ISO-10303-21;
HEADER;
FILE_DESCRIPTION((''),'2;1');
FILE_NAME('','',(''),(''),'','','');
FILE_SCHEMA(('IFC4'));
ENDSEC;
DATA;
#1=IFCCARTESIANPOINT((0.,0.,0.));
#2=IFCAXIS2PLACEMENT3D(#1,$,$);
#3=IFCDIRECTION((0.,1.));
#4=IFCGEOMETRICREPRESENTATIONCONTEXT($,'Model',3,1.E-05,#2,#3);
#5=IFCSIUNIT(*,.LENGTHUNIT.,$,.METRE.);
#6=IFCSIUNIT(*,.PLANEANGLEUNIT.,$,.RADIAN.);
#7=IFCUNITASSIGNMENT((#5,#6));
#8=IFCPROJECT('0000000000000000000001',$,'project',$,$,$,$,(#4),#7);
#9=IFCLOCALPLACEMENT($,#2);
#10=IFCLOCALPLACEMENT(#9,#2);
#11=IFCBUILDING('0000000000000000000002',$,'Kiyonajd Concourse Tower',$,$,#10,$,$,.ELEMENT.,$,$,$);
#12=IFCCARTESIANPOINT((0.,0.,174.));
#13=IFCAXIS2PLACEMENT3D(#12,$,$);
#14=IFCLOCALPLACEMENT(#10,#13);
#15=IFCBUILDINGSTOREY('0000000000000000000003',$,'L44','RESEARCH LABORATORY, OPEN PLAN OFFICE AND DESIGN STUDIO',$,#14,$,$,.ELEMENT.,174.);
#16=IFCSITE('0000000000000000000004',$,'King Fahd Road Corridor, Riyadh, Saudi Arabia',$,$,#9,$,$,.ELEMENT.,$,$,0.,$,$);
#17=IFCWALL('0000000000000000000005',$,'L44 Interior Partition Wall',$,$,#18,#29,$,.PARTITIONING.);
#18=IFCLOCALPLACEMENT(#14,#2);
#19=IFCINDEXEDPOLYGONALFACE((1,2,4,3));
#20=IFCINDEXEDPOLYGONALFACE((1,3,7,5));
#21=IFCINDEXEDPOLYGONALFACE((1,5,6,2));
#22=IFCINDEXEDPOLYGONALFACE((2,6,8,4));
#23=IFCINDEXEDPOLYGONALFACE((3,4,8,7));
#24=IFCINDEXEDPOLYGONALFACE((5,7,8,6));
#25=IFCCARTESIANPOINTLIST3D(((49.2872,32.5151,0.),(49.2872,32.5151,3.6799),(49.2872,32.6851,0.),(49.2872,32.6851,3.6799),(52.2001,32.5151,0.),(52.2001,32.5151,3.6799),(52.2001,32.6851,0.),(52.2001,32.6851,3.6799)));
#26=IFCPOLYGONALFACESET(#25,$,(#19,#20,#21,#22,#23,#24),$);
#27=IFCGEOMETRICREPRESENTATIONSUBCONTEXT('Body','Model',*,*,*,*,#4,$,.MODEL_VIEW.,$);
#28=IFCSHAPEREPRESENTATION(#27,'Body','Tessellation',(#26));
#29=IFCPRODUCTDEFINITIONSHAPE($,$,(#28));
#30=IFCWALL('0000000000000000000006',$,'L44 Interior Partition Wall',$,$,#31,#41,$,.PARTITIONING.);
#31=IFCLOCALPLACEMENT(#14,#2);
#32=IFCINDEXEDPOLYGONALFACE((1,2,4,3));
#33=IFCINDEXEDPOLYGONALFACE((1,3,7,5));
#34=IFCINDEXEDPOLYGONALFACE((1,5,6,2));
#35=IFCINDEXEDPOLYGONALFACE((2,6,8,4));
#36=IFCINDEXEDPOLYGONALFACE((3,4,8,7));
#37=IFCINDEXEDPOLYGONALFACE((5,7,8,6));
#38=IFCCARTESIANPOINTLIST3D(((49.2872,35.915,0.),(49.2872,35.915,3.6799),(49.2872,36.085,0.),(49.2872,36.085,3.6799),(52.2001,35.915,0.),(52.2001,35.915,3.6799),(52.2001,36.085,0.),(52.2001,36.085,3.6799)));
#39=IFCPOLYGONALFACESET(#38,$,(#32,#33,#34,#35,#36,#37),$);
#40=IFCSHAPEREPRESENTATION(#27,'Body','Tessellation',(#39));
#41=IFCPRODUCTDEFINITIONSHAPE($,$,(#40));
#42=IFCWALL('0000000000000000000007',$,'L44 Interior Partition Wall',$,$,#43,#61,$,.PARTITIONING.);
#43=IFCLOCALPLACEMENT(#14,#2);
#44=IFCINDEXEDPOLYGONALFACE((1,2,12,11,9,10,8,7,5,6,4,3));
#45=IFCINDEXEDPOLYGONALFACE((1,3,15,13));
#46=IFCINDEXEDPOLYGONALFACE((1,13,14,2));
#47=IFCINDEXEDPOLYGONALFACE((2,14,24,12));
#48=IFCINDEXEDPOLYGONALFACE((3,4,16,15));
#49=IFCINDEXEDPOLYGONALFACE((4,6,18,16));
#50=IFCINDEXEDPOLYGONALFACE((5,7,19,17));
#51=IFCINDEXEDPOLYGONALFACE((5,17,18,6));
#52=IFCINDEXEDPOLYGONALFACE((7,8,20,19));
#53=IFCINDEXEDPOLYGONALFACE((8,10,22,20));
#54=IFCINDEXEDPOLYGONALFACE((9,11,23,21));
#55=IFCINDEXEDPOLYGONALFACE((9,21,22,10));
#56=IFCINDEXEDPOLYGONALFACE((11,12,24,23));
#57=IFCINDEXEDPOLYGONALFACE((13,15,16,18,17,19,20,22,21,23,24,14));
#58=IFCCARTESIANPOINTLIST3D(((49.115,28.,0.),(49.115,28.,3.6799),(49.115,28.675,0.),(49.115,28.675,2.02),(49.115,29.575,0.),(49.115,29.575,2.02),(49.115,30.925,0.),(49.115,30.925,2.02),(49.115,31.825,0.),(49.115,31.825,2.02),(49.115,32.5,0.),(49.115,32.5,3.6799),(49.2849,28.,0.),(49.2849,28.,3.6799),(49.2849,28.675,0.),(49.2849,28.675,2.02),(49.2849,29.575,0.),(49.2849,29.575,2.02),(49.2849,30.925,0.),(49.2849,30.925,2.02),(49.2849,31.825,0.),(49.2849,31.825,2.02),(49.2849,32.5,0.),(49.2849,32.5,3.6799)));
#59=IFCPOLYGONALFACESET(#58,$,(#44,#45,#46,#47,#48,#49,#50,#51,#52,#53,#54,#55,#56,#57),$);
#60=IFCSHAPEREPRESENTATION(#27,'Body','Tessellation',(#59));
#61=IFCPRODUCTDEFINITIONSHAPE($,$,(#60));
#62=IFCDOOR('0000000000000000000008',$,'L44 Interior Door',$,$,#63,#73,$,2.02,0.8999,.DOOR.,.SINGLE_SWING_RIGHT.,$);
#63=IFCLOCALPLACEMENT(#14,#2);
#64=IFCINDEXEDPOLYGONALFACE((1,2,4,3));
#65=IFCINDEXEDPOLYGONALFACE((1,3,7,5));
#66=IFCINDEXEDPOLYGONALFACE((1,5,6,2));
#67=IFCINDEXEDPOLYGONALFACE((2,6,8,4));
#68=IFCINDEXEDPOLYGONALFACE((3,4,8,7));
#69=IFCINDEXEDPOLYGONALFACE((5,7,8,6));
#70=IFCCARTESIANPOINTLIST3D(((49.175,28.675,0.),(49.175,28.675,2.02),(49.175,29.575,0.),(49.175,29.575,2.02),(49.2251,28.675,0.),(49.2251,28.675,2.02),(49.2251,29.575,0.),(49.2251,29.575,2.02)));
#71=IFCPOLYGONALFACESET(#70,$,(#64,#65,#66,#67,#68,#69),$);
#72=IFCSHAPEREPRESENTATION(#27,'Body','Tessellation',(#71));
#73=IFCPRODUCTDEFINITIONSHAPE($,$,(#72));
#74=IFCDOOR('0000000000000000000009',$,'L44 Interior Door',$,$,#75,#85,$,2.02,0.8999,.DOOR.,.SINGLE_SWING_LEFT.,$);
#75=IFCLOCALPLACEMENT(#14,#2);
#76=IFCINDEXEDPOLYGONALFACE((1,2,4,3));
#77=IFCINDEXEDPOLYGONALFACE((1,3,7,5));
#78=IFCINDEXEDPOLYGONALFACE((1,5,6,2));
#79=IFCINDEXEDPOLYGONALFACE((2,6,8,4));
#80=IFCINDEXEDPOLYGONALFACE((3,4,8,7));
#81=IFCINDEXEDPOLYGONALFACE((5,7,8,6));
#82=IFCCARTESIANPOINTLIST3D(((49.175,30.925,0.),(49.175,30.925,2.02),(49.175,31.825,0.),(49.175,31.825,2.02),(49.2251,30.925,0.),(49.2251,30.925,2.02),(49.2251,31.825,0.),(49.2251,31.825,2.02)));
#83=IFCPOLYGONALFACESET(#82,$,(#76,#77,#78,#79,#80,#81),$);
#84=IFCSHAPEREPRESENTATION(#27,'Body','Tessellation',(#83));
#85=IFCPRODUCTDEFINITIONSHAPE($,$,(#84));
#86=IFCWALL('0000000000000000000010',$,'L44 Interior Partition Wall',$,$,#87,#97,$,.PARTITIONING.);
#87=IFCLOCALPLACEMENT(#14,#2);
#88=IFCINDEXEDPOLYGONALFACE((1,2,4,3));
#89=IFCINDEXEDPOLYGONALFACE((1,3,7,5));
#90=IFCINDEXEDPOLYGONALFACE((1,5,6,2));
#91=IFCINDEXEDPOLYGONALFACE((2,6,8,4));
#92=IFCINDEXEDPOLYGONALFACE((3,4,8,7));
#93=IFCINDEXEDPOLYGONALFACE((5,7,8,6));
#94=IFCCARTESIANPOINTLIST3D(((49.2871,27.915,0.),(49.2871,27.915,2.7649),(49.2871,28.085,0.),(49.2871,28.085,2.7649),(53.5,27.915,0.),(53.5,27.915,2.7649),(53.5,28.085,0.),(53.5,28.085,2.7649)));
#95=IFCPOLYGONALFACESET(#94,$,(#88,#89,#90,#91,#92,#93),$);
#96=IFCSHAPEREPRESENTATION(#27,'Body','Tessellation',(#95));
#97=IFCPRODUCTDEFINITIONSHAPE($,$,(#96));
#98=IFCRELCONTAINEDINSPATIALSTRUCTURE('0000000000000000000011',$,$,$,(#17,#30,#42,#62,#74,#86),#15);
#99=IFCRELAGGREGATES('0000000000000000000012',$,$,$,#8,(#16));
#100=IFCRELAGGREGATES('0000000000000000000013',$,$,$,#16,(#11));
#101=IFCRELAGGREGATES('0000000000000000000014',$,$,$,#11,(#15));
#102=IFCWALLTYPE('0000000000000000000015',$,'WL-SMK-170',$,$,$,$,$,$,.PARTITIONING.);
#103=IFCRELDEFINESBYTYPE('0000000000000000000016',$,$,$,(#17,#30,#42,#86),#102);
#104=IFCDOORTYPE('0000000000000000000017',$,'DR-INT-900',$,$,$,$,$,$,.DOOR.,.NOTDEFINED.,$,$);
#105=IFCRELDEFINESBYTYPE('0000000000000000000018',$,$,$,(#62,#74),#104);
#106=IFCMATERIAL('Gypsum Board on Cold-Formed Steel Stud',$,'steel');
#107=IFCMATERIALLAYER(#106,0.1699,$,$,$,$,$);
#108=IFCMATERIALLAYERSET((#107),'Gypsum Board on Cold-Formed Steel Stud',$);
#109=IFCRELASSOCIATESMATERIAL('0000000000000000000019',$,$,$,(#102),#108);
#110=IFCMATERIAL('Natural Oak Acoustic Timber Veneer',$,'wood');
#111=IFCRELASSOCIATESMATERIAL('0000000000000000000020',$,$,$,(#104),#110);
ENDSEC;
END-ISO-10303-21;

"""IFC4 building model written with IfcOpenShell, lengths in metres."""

from ifc_helpers import new_model, si_unit, direction, frame, frame_2d, origin, place, context, subcontext, project, spatial, rectangle, extrude, material, layer, layer_set, type_object, element, fill, save


model = new_model("IFC4")

# Units and contexts
model_context = context("Model", 3, precision=1e-05, world=origin(), true_north=direction((0.0, 1.0)))
body_context = subcontext(model_context, "Body", "Model", "MODEL_VIEW")
ifc_project = project(units=[si_unit("LENGTHUNIT", "METRE"), si_unit("PLANEANGLEUNIT", "RADIAN")], contexts=[model_context])

# Site, building, storey
site_placement = place(None, origin())
site = spatial("IfcSite", under=ifc_project, at=site_placement, Name="King Fahd Road Corridor, Riyadh, Saudi Arabia", CompositionType="ELEMENT", RefElevation=0.0)
building_placement = place(site_placement, origin())
building = spatial("IfcBuilding", under=site, at=building_placement, Name="Kiyonajd Concourse Tower", CompositionType="ELEMENT")
storey_placement = place(building_placement, frame((0.0, 0.0, 174.0)))
storey = spatial("IfcBuildingStorey", under=building, at=storey_placement, Name="L44", Description="RESEARCH LABORATORY, OPEN PLAN OFFICE AND DESIGN STUDIO", CompositionType="ELEMENT", Elevation=174.0)

# Shared definitions
ifc_material_1 = material(Name="Gypsum Board on Cold-Formed Steel Stud", Category="steel")

# Shared definitions
ifc_layer_1 = layer(ifc_material_1, 0.1699)
ifc_layer_set_1 = layer_set([ifc_layer_1], Name="Gypsum Board on Cold-Formed Steel Stud")
wall_type_1 = type_object("IfcWallType", Name="WL-SMK-170", PredefinedType="PARTITIONING", material=ifc_layer_set_1)

# Shared definitions
ifc_material_2 = material(Name="Natural Oak Acoustic Timber Veneer", Category="wood")
door_type_1 = type_object("IfcDoorType", Name="DR-INT-900", OperationType="NOTDEFINED", PredefinedType="DOOR", material=ifc_material_2)

# Walls
for number, where, z_axis, x_axis, name in (
    (1, (49.2871, 32.6001, 0.0), (0.0, 0.0, 1.0), (1.0, 0.0, 0.0), "L44 Interior Partition Wall"),
    (2, (49.2871, 36.0, 0.0), (0.0, 0.0, 1.0), (1.0, 0.0, 0.0), "L44 Interior Partition Wall"),
):
    element("IfcWall", number, at=place(storey_placement, frame(where, z_axis=z_axis, x_axis=x_axis)), inside=storey, type_object=wall_type_1, Name=name, PredefinedType="PARTITIONING", context=body_context, shape_type="SweptSolid", body=[
        extrude(rectangle(XDim=2.9128, YDim=0.1699, at=frame_2d((1.4565, 0.0))), origin(), (0.0, 0.0, 1.0), 3.6799),
    ])

# Wall, openings, doors
wall_1_placement = place(storey_placement, frame((49.2, 28.0, 0.0), z_axis=(0.0, 0.0, 1.0), x_axis=(0.0, 1.0, 0.0)))
wall_1 = element("IfcWall", 3, at=wall_1_placement, inside=storey, type_object=wall_type_1, Name="L44 Interior Partition Wall", PredefinedType="PARTITIONING", context=body_context, shape_type="SweptSolid", body=[
    extrude(rectangle(XDim=4.5, YDim=0.1699, at=frame_2d((2.25, 0.0))), origin(), (0.0, 0.0, 1.0), 3.6799),
])
opening_1_placement = place(wall_1_placement, frame((0.675, 0.0, 0.0)))
opening_1 = element("IfcOpeningElement", 4, at=opening_1_placement, cuts=wall_1, PredefinedType="OPENING", context=body_context, shape_type="SweptSolid", body=[
    extrude(rectangle(XDim=0.8999, YDim=2.02, at=frame_2d((0.45, 1.01))), frame((0.0, 0.095, 0.0), z_axis=(0.0, -1.0, 0.0), x_axis=(1.0, 0.0, 0.0)), (0.0, 0.0, 1.0), 0.1899),
])
opening_2_placement = place(wall_1_placement, frame((2.925, 0.0, 0.0)))
opening_2 = element("IfcOpeningElement", 5, at=opening_2_placement, cuts=wall_1, PredefinedType="OPENING", context=body_context, shape_type="SweptSolid", body=[
    extrude(rectangle(XDim=0.8999, YDim=2.02, at=frame_2d((0.45, 1.01))), frame((0.0, 0.095, 0.0), z_axis=(0.0, -1.0, 0.0), x_axis=(1.0, 0.0, 0.0)), (0.0, 0.0, 1.0), 0.1899),
])
door_1_placement = place(opening_1_placement, origin())
door_1 = element("IfcDoor", 6, at=door_1_placement, inside=storey, type_object=door_type_1, Name="L44 Interior Door", OperationType="SINGLE_SWING_RIGHT", OverallHeight=2.02, OverallWidth=0.8999, PredefinedType="DOOR", context=body_context, shape_type="SweptSolid", body=[
    extrude(rectangle(XDim=0.8999, YDim=2.02, at=frame_2d((0.45, 1.01))), frame((0.0, 0.0249, 0.0), z_axis=(0.0, -1.0, 0.0), x_axis=(1.0, 0.0, 0.0)), (0.0, 0.0, 1.0), 0.05),
])
fill(opening_1, door_1)
door_2_placement = place(opening_2_placement, origin())
door_2 = element("IfcDoor", 7, at=door_2_placement, inside=storey, type_object=door_type_1, Name="L44 Interior Door", OperationType="SINGLE_SWING_LEFT", OverallHeight=2.02, OverallWidth=0.8999, PredefinedType="DOOR", context=body_context, shape_type="SweptSolid", body=[
    extrude(rectangle(XDim=0.8999, YDim=2.02, at=frame_2d((0.45, 1.01))), frame((0.0, 0.0249, 0.0), z_axis=(0.0, -1.0, 0.0), x_axis=(1.0, 0.0, 0.0)), (0.0, 0.0, 1.0), 0.05),
])
fill(opening_2, door_2)

# Wall
wall_2_placement = place(storey_placement, frame((49.2871, 28.0, 0.0), z_axis=(0.0, 0.0, 1.0), x_axis=(1.0, 0.0, 0.0)))
element("IfcWall", 8, at=wall_2_placement, inside=storey, type_object=wall_type_1, Name="L44 Interior Partition Wall", PredefinedType="PARTITIONING", context=body_context, shape_type="SweptSolid", body=[
    extrude(rectangle(XDim=4.2129, YDim=0.1699, at=frame_2d((2.1064, 0.0))), origin(), (0.0, 0.0, 1.0), 2.7649),
])

save(model, "model.ifc")
